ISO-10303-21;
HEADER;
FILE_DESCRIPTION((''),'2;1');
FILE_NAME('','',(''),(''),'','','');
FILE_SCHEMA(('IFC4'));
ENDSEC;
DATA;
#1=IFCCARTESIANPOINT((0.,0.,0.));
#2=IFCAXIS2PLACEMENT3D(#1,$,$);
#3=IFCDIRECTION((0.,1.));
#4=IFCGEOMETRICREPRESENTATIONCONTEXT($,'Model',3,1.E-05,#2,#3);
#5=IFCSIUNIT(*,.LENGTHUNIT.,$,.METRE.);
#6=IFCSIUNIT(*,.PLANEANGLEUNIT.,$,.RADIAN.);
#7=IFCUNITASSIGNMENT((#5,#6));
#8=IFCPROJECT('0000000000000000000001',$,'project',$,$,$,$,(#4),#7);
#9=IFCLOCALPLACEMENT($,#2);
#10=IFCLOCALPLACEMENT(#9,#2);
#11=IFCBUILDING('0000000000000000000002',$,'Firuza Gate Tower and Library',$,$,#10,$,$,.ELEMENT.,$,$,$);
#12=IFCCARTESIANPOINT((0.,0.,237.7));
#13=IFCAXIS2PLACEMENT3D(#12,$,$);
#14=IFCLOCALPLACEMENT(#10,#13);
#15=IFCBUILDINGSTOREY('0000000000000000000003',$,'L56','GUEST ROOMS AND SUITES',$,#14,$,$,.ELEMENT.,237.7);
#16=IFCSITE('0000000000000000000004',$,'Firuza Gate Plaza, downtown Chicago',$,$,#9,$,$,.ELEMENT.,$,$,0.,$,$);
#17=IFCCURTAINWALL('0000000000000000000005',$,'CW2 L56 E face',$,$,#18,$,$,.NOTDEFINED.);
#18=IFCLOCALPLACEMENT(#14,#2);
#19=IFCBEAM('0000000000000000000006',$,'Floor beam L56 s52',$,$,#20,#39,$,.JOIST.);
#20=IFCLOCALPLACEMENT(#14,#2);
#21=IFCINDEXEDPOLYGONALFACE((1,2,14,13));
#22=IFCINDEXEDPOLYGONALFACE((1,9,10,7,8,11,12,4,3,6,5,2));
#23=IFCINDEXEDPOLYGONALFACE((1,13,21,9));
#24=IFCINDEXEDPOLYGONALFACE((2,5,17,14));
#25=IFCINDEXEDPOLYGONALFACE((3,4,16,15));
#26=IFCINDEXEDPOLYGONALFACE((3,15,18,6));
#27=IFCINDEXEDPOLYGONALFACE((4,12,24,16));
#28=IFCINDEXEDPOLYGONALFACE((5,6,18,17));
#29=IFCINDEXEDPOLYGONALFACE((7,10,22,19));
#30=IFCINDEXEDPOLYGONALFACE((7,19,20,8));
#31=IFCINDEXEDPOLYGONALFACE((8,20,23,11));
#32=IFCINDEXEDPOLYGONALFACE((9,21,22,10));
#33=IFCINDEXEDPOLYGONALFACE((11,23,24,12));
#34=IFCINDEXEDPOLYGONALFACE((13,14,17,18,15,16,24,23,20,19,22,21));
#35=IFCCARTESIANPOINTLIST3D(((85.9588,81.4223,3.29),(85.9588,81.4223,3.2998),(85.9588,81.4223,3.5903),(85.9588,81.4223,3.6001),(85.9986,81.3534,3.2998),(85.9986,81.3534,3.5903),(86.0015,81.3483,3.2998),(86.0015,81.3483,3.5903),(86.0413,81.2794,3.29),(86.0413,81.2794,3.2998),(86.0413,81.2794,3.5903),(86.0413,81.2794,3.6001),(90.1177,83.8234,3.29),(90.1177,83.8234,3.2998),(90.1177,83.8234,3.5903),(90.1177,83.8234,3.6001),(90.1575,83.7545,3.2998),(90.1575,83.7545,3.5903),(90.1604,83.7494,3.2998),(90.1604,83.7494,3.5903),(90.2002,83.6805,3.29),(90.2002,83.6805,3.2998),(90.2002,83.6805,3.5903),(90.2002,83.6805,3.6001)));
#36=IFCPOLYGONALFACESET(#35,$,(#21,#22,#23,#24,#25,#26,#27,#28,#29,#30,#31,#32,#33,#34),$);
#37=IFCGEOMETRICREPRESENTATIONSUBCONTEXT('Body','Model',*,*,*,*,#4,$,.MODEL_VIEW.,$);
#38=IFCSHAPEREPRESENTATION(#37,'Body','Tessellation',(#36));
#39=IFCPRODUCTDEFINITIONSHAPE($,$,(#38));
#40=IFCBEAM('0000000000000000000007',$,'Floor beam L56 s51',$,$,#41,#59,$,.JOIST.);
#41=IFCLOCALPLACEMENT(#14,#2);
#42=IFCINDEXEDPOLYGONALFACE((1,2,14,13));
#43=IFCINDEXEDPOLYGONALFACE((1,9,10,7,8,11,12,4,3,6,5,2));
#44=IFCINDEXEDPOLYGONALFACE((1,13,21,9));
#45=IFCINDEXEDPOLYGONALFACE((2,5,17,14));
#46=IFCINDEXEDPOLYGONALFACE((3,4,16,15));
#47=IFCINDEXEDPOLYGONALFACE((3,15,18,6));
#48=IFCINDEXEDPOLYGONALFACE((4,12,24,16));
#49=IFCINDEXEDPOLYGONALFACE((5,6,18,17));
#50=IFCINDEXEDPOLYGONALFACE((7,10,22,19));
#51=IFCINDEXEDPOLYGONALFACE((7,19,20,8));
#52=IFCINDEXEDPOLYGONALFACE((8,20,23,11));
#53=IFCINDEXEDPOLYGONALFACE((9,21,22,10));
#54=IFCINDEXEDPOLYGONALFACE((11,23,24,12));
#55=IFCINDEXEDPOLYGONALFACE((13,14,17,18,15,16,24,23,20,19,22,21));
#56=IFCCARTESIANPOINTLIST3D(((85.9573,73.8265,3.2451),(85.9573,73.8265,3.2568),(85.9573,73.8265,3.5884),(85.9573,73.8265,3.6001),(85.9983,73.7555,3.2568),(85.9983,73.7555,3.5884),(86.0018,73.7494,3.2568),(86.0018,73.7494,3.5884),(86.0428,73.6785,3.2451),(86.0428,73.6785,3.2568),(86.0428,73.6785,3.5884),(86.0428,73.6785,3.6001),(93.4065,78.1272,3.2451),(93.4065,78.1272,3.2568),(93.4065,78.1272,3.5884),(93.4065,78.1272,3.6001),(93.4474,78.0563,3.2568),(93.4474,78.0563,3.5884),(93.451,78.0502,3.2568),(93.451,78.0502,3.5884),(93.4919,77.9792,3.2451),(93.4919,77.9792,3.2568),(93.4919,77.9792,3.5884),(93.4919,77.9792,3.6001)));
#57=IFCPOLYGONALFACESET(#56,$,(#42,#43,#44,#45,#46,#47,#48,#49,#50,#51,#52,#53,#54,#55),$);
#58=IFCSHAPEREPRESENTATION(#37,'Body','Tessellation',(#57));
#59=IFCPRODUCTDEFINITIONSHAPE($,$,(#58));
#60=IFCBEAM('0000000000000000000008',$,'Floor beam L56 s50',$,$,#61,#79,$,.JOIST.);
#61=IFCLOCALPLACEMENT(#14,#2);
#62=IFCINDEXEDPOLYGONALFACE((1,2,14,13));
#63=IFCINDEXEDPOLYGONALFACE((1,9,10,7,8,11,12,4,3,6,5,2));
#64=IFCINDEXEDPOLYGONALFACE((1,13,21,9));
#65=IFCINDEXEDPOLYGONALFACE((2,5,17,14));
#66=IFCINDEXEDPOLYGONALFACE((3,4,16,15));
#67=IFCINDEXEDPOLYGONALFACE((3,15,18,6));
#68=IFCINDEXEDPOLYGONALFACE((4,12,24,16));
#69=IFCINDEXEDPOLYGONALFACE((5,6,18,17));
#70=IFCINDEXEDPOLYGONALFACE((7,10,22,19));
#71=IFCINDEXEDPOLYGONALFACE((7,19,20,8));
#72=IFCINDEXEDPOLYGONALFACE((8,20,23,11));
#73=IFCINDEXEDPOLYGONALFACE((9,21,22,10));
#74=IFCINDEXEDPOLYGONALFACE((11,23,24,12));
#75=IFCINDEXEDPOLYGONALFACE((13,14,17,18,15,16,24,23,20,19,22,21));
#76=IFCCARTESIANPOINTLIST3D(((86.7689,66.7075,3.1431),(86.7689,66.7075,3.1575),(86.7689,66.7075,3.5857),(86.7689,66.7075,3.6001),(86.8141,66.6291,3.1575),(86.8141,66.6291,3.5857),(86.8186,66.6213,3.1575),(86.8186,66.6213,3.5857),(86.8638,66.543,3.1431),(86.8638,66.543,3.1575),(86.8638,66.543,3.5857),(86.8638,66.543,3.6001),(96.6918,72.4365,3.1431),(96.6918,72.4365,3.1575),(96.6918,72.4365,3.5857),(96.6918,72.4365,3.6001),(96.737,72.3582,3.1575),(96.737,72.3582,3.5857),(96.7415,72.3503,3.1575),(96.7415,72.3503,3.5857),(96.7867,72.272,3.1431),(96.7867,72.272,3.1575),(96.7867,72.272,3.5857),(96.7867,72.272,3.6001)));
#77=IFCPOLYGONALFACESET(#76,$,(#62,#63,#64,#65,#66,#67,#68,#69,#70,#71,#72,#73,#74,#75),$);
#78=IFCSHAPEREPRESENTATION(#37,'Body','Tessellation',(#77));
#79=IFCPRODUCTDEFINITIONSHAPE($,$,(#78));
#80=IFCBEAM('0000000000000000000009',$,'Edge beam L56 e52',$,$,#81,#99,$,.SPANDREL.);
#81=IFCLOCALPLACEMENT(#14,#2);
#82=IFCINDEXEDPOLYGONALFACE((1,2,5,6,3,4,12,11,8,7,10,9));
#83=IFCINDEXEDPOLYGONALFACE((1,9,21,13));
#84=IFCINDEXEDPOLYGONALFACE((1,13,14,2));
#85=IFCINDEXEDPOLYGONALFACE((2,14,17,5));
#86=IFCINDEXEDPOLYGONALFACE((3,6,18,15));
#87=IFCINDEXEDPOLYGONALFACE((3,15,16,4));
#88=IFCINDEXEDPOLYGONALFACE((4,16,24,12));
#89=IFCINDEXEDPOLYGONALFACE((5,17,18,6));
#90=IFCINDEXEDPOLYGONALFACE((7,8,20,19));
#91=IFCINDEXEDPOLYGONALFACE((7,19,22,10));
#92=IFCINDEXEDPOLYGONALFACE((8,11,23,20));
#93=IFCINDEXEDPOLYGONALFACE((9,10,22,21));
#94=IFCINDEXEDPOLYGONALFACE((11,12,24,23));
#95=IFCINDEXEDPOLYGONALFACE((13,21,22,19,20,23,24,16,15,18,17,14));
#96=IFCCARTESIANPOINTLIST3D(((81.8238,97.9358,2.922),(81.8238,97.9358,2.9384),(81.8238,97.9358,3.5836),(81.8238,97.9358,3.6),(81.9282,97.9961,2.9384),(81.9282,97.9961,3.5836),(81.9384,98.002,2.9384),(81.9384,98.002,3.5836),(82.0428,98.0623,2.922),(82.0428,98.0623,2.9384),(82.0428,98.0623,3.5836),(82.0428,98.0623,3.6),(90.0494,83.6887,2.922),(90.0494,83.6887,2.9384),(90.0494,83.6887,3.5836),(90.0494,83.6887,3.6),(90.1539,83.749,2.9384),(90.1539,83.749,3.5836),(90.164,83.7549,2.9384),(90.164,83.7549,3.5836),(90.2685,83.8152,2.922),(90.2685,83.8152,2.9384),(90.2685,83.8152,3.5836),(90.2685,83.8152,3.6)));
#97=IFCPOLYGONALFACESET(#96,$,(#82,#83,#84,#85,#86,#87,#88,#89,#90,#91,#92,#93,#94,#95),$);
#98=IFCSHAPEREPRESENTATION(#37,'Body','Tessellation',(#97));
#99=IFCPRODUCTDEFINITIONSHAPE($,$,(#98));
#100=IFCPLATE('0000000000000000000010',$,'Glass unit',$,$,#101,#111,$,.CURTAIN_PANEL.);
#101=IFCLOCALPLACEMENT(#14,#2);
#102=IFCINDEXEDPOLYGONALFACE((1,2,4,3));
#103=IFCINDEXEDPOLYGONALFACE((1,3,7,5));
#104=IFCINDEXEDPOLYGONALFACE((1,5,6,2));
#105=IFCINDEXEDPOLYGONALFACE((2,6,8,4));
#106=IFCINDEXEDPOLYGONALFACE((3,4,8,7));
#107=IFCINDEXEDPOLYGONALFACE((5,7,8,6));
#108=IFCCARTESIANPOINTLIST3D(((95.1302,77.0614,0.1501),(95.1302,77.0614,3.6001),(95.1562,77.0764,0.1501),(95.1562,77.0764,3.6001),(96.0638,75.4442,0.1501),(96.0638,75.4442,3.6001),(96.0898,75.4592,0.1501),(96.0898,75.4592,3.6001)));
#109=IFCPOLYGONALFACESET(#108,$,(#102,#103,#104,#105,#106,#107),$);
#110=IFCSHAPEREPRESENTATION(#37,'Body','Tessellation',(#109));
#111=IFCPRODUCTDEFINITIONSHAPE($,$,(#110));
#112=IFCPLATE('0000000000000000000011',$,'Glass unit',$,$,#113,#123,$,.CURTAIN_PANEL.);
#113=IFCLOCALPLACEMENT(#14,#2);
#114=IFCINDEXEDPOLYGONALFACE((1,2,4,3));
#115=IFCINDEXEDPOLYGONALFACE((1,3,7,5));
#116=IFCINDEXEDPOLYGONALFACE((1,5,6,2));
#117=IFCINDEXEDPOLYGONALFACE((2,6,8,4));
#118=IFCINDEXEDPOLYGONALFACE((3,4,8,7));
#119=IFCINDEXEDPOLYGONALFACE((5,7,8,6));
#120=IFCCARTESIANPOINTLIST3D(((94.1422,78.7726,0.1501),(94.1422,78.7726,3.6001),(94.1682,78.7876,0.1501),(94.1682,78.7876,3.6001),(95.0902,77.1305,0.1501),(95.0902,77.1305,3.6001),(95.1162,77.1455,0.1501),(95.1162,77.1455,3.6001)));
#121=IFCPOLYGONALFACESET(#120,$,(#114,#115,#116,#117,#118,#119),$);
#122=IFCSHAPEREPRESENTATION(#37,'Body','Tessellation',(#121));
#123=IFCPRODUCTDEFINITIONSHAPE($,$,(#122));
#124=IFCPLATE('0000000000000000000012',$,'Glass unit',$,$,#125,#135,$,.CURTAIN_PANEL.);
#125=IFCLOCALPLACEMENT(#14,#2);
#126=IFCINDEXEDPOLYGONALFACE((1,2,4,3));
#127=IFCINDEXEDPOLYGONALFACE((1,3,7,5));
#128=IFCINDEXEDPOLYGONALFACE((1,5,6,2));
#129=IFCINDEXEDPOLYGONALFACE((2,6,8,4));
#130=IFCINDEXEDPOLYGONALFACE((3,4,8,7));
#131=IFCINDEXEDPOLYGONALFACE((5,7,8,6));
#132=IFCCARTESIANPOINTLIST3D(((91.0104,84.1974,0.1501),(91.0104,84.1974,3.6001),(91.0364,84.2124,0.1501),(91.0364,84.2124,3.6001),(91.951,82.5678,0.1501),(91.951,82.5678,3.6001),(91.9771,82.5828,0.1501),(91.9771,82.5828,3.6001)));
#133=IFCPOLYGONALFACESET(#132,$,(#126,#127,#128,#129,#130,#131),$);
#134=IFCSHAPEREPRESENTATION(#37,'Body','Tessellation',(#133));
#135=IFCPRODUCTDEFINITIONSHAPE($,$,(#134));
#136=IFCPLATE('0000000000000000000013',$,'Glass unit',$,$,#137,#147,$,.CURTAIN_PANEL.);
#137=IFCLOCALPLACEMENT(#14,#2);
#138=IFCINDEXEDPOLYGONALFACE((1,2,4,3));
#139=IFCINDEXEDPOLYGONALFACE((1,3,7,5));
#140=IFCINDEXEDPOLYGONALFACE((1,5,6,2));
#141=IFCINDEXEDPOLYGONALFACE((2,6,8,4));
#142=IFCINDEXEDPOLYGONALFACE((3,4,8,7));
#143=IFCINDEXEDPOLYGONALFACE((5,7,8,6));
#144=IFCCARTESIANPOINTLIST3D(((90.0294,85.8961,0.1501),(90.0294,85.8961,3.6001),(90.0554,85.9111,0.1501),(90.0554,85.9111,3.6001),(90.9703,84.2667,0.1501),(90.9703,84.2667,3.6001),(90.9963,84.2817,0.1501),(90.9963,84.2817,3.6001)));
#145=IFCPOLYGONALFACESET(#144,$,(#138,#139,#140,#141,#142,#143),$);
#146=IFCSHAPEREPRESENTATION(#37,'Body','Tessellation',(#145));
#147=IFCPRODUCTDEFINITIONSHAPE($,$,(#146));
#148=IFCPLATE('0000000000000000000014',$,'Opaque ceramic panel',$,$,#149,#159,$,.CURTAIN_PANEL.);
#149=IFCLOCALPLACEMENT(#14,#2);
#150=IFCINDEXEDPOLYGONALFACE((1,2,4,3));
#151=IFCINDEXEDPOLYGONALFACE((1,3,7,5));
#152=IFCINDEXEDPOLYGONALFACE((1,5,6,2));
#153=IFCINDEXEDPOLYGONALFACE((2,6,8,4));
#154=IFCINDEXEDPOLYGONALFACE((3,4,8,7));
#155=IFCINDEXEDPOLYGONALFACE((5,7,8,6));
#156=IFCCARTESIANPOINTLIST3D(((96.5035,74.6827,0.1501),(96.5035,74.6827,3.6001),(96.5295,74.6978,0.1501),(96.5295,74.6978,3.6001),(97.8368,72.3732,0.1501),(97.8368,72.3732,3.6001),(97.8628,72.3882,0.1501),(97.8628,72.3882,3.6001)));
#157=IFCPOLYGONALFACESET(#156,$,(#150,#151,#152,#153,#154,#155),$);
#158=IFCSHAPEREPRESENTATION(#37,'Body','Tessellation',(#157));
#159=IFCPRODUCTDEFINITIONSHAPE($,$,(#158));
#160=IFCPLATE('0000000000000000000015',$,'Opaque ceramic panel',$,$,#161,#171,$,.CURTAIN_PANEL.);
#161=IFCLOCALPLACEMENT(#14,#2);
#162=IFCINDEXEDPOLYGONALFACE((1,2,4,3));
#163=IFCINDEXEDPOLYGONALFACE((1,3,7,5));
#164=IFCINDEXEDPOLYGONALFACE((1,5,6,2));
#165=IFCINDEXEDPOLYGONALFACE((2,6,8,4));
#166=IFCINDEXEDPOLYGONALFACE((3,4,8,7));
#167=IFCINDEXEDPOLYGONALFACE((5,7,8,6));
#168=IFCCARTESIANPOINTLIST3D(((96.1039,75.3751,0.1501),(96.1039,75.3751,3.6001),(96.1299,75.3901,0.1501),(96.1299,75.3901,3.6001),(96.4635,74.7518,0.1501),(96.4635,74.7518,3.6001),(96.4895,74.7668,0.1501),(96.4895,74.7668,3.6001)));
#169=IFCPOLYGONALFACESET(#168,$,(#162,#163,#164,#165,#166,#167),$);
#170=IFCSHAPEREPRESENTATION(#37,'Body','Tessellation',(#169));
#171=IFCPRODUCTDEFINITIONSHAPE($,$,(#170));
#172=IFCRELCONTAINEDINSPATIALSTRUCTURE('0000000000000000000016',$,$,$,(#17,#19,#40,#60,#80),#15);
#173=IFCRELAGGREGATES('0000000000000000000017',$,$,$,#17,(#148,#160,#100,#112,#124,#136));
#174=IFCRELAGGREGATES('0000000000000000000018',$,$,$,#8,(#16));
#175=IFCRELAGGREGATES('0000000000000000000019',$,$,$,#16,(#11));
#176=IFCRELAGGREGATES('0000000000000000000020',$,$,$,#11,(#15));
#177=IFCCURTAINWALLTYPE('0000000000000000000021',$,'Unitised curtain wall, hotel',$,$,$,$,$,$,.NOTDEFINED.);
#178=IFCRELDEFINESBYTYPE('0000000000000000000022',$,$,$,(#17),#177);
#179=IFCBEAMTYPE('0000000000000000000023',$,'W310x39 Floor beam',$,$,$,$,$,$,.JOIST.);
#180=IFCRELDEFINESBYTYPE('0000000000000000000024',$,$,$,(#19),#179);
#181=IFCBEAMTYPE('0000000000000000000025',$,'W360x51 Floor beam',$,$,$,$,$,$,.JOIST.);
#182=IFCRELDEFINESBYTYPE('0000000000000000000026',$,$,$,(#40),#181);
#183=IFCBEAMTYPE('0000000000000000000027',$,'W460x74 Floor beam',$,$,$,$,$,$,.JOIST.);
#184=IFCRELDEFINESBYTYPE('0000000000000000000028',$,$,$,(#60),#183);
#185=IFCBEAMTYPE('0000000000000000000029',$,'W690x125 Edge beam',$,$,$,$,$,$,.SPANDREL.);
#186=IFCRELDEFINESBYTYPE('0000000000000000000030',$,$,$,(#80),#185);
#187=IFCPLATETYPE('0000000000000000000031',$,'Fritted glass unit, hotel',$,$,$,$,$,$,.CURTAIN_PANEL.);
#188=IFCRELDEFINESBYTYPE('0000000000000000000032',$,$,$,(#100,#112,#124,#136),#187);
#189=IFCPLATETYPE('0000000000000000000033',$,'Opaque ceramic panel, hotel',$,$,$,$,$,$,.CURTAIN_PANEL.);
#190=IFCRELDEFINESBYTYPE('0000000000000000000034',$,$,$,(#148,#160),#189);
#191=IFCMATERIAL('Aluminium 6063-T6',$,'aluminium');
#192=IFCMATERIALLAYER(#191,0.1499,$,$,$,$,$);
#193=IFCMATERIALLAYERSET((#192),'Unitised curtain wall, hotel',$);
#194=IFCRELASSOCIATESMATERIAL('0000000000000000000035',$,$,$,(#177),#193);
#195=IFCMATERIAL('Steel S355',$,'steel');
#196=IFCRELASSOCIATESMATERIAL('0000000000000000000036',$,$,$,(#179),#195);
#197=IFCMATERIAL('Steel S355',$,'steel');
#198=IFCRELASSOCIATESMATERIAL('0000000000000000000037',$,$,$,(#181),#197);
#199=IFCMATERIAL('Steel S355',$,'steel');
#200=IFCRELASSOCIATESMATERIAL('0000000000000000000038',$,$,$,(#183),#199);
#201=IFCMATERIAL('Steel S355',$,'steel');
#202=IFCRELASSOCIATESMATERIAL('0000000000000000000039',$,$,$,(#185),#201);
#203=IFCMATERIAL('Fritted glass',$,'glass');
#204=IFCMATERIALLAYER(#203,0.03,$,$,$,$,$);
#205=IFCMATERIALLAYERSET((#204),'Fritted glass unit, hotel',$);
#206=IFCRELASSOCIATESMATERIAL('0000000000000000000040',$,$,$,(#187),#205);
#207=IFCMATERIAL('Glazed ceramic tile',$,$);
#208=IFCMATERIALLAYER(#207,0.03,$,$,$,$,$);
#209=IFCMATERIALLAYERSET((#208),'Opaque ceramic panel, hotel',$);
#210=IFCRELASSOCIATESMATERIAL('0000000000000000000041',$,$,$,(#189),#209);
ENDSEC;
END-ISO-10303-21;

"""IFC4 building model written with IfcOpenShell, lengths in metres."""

from ifc_helpers import new_model, si_unit, direction, frame, origin, origin_2d, place, context, subcontext, project, spatial, polyline, i_section, outline, extrude, material, layer, layer_set, material_profile, profile_set, type_object, element, aggregate, save


model = new_model("IFC4")

# Units and contexts
model_context = context("Model", 3, precision=1e-05, world=origin(), true_north=direction((0.0, 1.0)))
body_context = subcontext(model_context, "Body", "Model", "MODEL_VIEW")
ifc_project = project(units=[si_unit("LENGTHUNIT", "METRE"), si_unit("PLANEANGLEUNIT", "RADIAN")], contexts=[model_context])

# Site, building, storey
site_placement = place(None, origin())
site = spatial("IfcSite", under=ifc_project, at=site_placement, Name="Firuza Gate Plaza, downtown Chicago", CompositionType="ELEMENT", RefElevation=0.0)
building_placement = place(site_placement, origin())
building = spatial("IfcBuilding", under=site, at=building_placement, Name="Firuza Gate Tower and Library", CompositionType="ELEMENT")
storey_placement = place(building_placement, frame((0.0, 0.0, 237.7)))
storey = spatial("IfcBuildingStorey", under=building, at=storey_placement, Name="L56", Description="GUEST ROOMS AND SUITES", CompositionType="ELEMENT", Elevation=237.7)

# Curtain wall
ifc_material_1 = material(Name="Aluminium 6063-T6", Category="aluminium")
ifc_layer_1 = layer(ifc_material_1, 0.1499)
ifc_layer_set_1 = layer_set([ifc_layer_1], Name="Unitised curtain wall, hotel")
curtain_wall_type = type_object("IfcCurtainWallType", Name="Unitised curtain wall, hotel", PredefinedType="NOTDEFINED", material=ifc_layer_set_1)
curtain_wall_placement = place(storey_placement, origin())
curtain_wall = element("IfcCurtainWall", 1, at=curtain_wall_placement, inside=storey, type_object=curtain_wall_type, Name="CW2 L56 E face", PredefinedType="NOTDEFINED")

# Beams
ifc_material_2 = material(Name="Steel S355", Category="steel")
ifc_material_profile_1 = material_profile(ifc_material_2, i_section(OverallWidth=0.165, OverallDepth=0.3101, WebThickness=0.0059, FlangeThickness=0.0098, at=origin_2d()))
ifc_profile_set_1 = profile_set([ifc_material_profile_1], Name="Steel S355")
beam_type_1 = type_object("IfcBeamType", Name="W310x39 Floor beam", PredefinedType="JOIST", material=ifc_profile_set_1)
beam_1_placement = place(storey_placement, frame((90.1589, 83.752, 3.4451), z_axis=(-0.866029, -0.499994, 0.0), x_axis=(0.499994, -0.866029, 0.0)))
element("IfcBeam", 2, at=beam_1_placement, inside=storey, type_object=beam_type_1, Name="Floor beam L56 s52", PredefinedType="JOIST", context=body_context, shape_type="SweptSolid", body=[
    extrude(i_section(OverallWidth=0.165, OverallDepth=0.3101, WebThickness=0.0059, FlangeThickness=0.0098, at=origin_2d()), origin(), (0.0, 0.0, 1.0), 4.8022),
])
ifc_material_3 = material(Name="Steel S355", Category="steel")
ifc_material_profile_2 = material_profile(ifc_material_3, i_section(OverallWidth=0.1709, OverallDepth=0.355, WebThickness=0.0071, FlangeThickness=0.0117, at=origin_2d()))
ifc_profile_set_2 = profile_set([ifc_material_profile_2], Name="Steel S355")
beam_type_2 = type_object("IfcBeamType", Name="W360x51 Floor beam", PredefinedType="JOIST", material=ifc_profile_set_2)
beam_2_placement = place(storey_placement, frame((93.4492, 78.0532, 3.4226), z_axis=(-0.866027, -0.499998, 0.0), x_axis=(0.499998, -0.866027, 0.0)))
element("IfcBeam", 3, at=beam_2_placement, inside=storey, type_object=beam_type_2, Name="Floor beam L56 s51", PredefinedType="JOIST", context=body_context, shape_type="SweptSolid", body=[
    extrude(i_section(OverallWidth=0.1709, OverallDepth=0.355, WebThickness=0.0071, FlangeThickness=0.0117, at=origin_2d()), origin(), (0.0, 0.0, 1.0), 8.6016),
])
ifc_material_4 = material(Name="Steel S355", Category="steel")
ifc_material_profile_3 = material_profile(ifc_material_4, i_section(OverallWidth=0.1899, OverallDepth=0.457, WebThickness=0.009, FlangeThickness=0.0144, at=origin_2d()))
ifc_profile_set_3 = profile_set([ifc_material_profile_3], Name="Steel S355")
beam_type_3 = type_object("IfcBeamType", Name="W460x74 Floor beam", PredefinedType="JOIST", material=ifc_profile_set_3)
beam_3_placement = place(storey_placement, frame((96.7393, 72.3542, 3.3716), z_axis=(-0.866024, -0.500003, 0.0), x_axis=(0.500003, -0.866024, 0.0)))
element("IfcBeam", 4, at=beam_3_placement, inside=storey, type_object=beam_type_3, Name="Floor beam L56 s50", PredefinedType="JOIST", context=body_context, shape_type="SweptSolid", body=[
    extrude(i_section(OverallWidth=0.1899, OverallDepth=0.457, WebThickness=0.009, FlangeThickness=0.0144, at=origin_2d()), origin(), (0.0, 0.0, 1.0), 11.458),
])
ifc_material_5 = material(Name="Steel S355", Category="steel")
ifc_material_profile_4 = material_profile(ifc_material_5, i_section(OverallWidth=0.2529, OverallDepth=0.678, WebThickness=0.0117, FlangeThickness=0.0164, at=origin_2d()))
ifc_profile_set_4 = profile_set([ifc_material_profile_4], Name="Steel S355")
beam_type_4 = type_object("IfcBeamType", Name="W690x125 Edge beam", PredefinedType="SPANDREL", material=ifc_profile_set_4)
beam_4_placement = place(storey_placement, frame((90.1589, 83.752, 3.261), z_axis=(-0.500002, 0.866024, 0.0), x_axis=(-0.866024, -0.500002, 0.0)))
element("IfcBeam", 5, at=beam_4_placement, inside=storey, type_object=beam_type_4, Name="Edge beam L56 e52", PredefinedType="SPANDREL", context=body_context, shape_type="SweptSolid", body=[
    extrude(i_section(OverallWidth=0.2529, OverallDepth=0.678, WebThickness=0.0117, FlangeThickness=0.0164, at=origin_2d()), origin(), (0.0, 0.0, 1.0), 16.4512),
])

# Plates
ifc_material_6 = material(Name="Fritted glass", Category="glass")
ifc_layer_2 = layer(ifc_material_6, 0.03)
ifc_layer_set_2 = layer_set([ifc_layer_2], Name="Fritted glass unit, hotel")
plate_type_1 = type_object("IfcPlateType", Name="Fritted glass unit, hotel", PredefinedType="CURTAIN_PANEL", material=ifc_layer_set_2)
plate_1_placement = place(storey_placement, frame((96.0898, 75.4592, 0.1501), z_axis=(0.866046, 0.499964, 0.0), x_axis=(-0.499964, 0.866046, 0.0)))
plate_1 = element("IfcPlate", 6, at=plate_1_placement, type_object=plate_type_1, Name="Glass unit", PredefinedType="CURTAIN_PANEL", context=body_context, shape_type="SweptSolid", body=[
    extrude(outline(polyline([(0.0, 0.0), (1.8673, 0.0), (1.8673, 3.45), (0.0, 3.45), (0.0, 0.0)])), origin(), (0.0, 0.0, -1.0), 0.03),
])
plate_2_placement = place(storey_placement, frame((95.1162, 77.1455, 0.1501), z_axis=(0.86604, 0.499975, 0.0), x_axis=(-0.499975, 0.86604, 0.0)))
plate_2 = element("IfcPlate", 7, at=plate_2_placement, type_object=plate_type_1, Name="Glass unit", PredefinedType="CURTAIN_PANEL", context=body_context, shape_type="SweptSolid", body=[
    extrude(outline(polyline([(0.0, 0.0), (1.8961, 0.0), (1.8961, 3.45), (0.0, 3.45), (0.0, 0.0)])), origin(), (0.0, 0.0, -1.0), 0.03),
])
plate_3_placement = place(storey_placement, frame((91.9771, 82.5828, 0.1501), z_axis=(0.866071, 0.499921, 0.0), x_axis=(-0.499921, 0.866071, 0.0)))
plate_3 = element("IfcPlate", 8, at=plate_3_placement, type_object=plate_type_1, Name="Glass unit", PredefinedType="CURTAIN_PANEL", context=body_context, shape_type="SweptSolid", body=[
    extrude(outline(polyline([(0.0, 0.0), (1.8816, 0.0), (1.8816, 3.45), (0.0, 3.45), (0.0, 0.0)])), origin(), (0.0, 0.0, -1.0), 0.03),
])
plate_4_placement = place(storey_placement, frame((90.9963, 84.2817, 0.1501), z_axis=(0.865982, 0.500074, 0.0), x_axis=(-0.500074, 0.865982, 0.0)))
plate_4 = element("IfcPlate", 9, at=plate_4_placement, type_object=plate_type_1, Name="Glass unit", PredefinedType="CURTAIN_PANEL", context=body_context, shape_type="SweptSolid", body=[
    extrude(outline(polyline([(0.0, 0.0), (1.8816, 0.0), (1.8816, 3.45), (0.0, 3.45), (0.0, 0.0)])), origin(), (0.0, 0.0, -1.0), 0.03),
])
ifc_material_7 = material(Name="Glazed ceramic tile")
ifc_layer_3 = layer(ifc_material_7, 0.03)
ifc_layer_set_3 = layer_set([ifc_layer_3], Name="Opaque ceramic panel, hotel")
plate_type_2 = type_object("IfcPlateType", Name="Opaque ceramic panel, hotel", PredefinedType="CURTAIN_PANEL", material=ifc_layer_set_3)
plate_5_placement = place(storey_placement, frame((97.8628, 72.3882, 0.1501), z_axis=(0.866054, 0.49995, 0.0), x_axis=(-0.49995, 0.866054, 0.0)))
plate_5 = element("IfcPlate", 10, at=plate_5_placement, type_object=plate_type_2, Name="Opaque ceramic panel", PredefinedType="CURTAIN_PANEL", context=body_context, shape_type="SweptSolid", body=[
    extrude(outline(polyline([(0.0, 0.0), (2.6668, 0.0), (2.6668, 3.45), (0.0, 3.45), (0.0, 0.0)])), origin(), (0.0, 0.0, -1.0), 0.03),
])
plate_6_placement = place(storey_placement, frame((96.4895, 74.7668, 0.1501), z_axis=(0.866169, 0.499752, 0.0), x_axis=(-0.499752, 0.866169, 0.0)))
plate_6 = element("IfcPlate", 11, at=plate_6_placement, type_object=plate_type_2, Name="Opaque ceramic panel", PredefinedType="CURTAIN_PANEL", context=body_context, shape_type="SweptSolid", body=[
    extrude(outline(polyline([(0.0, 0.0), (0.7196, 0.0), (0.7196, 3.45), (0.0, 3.45), (0.0, 0.0)])), origin(), (0.0, 0.0, -1.0), 0.03),
])
aggregate(curtain_wall, [plate_5, plate_6, plate_1, plate_2, plate_3, plate_4])

save(model, "model.ifc")
